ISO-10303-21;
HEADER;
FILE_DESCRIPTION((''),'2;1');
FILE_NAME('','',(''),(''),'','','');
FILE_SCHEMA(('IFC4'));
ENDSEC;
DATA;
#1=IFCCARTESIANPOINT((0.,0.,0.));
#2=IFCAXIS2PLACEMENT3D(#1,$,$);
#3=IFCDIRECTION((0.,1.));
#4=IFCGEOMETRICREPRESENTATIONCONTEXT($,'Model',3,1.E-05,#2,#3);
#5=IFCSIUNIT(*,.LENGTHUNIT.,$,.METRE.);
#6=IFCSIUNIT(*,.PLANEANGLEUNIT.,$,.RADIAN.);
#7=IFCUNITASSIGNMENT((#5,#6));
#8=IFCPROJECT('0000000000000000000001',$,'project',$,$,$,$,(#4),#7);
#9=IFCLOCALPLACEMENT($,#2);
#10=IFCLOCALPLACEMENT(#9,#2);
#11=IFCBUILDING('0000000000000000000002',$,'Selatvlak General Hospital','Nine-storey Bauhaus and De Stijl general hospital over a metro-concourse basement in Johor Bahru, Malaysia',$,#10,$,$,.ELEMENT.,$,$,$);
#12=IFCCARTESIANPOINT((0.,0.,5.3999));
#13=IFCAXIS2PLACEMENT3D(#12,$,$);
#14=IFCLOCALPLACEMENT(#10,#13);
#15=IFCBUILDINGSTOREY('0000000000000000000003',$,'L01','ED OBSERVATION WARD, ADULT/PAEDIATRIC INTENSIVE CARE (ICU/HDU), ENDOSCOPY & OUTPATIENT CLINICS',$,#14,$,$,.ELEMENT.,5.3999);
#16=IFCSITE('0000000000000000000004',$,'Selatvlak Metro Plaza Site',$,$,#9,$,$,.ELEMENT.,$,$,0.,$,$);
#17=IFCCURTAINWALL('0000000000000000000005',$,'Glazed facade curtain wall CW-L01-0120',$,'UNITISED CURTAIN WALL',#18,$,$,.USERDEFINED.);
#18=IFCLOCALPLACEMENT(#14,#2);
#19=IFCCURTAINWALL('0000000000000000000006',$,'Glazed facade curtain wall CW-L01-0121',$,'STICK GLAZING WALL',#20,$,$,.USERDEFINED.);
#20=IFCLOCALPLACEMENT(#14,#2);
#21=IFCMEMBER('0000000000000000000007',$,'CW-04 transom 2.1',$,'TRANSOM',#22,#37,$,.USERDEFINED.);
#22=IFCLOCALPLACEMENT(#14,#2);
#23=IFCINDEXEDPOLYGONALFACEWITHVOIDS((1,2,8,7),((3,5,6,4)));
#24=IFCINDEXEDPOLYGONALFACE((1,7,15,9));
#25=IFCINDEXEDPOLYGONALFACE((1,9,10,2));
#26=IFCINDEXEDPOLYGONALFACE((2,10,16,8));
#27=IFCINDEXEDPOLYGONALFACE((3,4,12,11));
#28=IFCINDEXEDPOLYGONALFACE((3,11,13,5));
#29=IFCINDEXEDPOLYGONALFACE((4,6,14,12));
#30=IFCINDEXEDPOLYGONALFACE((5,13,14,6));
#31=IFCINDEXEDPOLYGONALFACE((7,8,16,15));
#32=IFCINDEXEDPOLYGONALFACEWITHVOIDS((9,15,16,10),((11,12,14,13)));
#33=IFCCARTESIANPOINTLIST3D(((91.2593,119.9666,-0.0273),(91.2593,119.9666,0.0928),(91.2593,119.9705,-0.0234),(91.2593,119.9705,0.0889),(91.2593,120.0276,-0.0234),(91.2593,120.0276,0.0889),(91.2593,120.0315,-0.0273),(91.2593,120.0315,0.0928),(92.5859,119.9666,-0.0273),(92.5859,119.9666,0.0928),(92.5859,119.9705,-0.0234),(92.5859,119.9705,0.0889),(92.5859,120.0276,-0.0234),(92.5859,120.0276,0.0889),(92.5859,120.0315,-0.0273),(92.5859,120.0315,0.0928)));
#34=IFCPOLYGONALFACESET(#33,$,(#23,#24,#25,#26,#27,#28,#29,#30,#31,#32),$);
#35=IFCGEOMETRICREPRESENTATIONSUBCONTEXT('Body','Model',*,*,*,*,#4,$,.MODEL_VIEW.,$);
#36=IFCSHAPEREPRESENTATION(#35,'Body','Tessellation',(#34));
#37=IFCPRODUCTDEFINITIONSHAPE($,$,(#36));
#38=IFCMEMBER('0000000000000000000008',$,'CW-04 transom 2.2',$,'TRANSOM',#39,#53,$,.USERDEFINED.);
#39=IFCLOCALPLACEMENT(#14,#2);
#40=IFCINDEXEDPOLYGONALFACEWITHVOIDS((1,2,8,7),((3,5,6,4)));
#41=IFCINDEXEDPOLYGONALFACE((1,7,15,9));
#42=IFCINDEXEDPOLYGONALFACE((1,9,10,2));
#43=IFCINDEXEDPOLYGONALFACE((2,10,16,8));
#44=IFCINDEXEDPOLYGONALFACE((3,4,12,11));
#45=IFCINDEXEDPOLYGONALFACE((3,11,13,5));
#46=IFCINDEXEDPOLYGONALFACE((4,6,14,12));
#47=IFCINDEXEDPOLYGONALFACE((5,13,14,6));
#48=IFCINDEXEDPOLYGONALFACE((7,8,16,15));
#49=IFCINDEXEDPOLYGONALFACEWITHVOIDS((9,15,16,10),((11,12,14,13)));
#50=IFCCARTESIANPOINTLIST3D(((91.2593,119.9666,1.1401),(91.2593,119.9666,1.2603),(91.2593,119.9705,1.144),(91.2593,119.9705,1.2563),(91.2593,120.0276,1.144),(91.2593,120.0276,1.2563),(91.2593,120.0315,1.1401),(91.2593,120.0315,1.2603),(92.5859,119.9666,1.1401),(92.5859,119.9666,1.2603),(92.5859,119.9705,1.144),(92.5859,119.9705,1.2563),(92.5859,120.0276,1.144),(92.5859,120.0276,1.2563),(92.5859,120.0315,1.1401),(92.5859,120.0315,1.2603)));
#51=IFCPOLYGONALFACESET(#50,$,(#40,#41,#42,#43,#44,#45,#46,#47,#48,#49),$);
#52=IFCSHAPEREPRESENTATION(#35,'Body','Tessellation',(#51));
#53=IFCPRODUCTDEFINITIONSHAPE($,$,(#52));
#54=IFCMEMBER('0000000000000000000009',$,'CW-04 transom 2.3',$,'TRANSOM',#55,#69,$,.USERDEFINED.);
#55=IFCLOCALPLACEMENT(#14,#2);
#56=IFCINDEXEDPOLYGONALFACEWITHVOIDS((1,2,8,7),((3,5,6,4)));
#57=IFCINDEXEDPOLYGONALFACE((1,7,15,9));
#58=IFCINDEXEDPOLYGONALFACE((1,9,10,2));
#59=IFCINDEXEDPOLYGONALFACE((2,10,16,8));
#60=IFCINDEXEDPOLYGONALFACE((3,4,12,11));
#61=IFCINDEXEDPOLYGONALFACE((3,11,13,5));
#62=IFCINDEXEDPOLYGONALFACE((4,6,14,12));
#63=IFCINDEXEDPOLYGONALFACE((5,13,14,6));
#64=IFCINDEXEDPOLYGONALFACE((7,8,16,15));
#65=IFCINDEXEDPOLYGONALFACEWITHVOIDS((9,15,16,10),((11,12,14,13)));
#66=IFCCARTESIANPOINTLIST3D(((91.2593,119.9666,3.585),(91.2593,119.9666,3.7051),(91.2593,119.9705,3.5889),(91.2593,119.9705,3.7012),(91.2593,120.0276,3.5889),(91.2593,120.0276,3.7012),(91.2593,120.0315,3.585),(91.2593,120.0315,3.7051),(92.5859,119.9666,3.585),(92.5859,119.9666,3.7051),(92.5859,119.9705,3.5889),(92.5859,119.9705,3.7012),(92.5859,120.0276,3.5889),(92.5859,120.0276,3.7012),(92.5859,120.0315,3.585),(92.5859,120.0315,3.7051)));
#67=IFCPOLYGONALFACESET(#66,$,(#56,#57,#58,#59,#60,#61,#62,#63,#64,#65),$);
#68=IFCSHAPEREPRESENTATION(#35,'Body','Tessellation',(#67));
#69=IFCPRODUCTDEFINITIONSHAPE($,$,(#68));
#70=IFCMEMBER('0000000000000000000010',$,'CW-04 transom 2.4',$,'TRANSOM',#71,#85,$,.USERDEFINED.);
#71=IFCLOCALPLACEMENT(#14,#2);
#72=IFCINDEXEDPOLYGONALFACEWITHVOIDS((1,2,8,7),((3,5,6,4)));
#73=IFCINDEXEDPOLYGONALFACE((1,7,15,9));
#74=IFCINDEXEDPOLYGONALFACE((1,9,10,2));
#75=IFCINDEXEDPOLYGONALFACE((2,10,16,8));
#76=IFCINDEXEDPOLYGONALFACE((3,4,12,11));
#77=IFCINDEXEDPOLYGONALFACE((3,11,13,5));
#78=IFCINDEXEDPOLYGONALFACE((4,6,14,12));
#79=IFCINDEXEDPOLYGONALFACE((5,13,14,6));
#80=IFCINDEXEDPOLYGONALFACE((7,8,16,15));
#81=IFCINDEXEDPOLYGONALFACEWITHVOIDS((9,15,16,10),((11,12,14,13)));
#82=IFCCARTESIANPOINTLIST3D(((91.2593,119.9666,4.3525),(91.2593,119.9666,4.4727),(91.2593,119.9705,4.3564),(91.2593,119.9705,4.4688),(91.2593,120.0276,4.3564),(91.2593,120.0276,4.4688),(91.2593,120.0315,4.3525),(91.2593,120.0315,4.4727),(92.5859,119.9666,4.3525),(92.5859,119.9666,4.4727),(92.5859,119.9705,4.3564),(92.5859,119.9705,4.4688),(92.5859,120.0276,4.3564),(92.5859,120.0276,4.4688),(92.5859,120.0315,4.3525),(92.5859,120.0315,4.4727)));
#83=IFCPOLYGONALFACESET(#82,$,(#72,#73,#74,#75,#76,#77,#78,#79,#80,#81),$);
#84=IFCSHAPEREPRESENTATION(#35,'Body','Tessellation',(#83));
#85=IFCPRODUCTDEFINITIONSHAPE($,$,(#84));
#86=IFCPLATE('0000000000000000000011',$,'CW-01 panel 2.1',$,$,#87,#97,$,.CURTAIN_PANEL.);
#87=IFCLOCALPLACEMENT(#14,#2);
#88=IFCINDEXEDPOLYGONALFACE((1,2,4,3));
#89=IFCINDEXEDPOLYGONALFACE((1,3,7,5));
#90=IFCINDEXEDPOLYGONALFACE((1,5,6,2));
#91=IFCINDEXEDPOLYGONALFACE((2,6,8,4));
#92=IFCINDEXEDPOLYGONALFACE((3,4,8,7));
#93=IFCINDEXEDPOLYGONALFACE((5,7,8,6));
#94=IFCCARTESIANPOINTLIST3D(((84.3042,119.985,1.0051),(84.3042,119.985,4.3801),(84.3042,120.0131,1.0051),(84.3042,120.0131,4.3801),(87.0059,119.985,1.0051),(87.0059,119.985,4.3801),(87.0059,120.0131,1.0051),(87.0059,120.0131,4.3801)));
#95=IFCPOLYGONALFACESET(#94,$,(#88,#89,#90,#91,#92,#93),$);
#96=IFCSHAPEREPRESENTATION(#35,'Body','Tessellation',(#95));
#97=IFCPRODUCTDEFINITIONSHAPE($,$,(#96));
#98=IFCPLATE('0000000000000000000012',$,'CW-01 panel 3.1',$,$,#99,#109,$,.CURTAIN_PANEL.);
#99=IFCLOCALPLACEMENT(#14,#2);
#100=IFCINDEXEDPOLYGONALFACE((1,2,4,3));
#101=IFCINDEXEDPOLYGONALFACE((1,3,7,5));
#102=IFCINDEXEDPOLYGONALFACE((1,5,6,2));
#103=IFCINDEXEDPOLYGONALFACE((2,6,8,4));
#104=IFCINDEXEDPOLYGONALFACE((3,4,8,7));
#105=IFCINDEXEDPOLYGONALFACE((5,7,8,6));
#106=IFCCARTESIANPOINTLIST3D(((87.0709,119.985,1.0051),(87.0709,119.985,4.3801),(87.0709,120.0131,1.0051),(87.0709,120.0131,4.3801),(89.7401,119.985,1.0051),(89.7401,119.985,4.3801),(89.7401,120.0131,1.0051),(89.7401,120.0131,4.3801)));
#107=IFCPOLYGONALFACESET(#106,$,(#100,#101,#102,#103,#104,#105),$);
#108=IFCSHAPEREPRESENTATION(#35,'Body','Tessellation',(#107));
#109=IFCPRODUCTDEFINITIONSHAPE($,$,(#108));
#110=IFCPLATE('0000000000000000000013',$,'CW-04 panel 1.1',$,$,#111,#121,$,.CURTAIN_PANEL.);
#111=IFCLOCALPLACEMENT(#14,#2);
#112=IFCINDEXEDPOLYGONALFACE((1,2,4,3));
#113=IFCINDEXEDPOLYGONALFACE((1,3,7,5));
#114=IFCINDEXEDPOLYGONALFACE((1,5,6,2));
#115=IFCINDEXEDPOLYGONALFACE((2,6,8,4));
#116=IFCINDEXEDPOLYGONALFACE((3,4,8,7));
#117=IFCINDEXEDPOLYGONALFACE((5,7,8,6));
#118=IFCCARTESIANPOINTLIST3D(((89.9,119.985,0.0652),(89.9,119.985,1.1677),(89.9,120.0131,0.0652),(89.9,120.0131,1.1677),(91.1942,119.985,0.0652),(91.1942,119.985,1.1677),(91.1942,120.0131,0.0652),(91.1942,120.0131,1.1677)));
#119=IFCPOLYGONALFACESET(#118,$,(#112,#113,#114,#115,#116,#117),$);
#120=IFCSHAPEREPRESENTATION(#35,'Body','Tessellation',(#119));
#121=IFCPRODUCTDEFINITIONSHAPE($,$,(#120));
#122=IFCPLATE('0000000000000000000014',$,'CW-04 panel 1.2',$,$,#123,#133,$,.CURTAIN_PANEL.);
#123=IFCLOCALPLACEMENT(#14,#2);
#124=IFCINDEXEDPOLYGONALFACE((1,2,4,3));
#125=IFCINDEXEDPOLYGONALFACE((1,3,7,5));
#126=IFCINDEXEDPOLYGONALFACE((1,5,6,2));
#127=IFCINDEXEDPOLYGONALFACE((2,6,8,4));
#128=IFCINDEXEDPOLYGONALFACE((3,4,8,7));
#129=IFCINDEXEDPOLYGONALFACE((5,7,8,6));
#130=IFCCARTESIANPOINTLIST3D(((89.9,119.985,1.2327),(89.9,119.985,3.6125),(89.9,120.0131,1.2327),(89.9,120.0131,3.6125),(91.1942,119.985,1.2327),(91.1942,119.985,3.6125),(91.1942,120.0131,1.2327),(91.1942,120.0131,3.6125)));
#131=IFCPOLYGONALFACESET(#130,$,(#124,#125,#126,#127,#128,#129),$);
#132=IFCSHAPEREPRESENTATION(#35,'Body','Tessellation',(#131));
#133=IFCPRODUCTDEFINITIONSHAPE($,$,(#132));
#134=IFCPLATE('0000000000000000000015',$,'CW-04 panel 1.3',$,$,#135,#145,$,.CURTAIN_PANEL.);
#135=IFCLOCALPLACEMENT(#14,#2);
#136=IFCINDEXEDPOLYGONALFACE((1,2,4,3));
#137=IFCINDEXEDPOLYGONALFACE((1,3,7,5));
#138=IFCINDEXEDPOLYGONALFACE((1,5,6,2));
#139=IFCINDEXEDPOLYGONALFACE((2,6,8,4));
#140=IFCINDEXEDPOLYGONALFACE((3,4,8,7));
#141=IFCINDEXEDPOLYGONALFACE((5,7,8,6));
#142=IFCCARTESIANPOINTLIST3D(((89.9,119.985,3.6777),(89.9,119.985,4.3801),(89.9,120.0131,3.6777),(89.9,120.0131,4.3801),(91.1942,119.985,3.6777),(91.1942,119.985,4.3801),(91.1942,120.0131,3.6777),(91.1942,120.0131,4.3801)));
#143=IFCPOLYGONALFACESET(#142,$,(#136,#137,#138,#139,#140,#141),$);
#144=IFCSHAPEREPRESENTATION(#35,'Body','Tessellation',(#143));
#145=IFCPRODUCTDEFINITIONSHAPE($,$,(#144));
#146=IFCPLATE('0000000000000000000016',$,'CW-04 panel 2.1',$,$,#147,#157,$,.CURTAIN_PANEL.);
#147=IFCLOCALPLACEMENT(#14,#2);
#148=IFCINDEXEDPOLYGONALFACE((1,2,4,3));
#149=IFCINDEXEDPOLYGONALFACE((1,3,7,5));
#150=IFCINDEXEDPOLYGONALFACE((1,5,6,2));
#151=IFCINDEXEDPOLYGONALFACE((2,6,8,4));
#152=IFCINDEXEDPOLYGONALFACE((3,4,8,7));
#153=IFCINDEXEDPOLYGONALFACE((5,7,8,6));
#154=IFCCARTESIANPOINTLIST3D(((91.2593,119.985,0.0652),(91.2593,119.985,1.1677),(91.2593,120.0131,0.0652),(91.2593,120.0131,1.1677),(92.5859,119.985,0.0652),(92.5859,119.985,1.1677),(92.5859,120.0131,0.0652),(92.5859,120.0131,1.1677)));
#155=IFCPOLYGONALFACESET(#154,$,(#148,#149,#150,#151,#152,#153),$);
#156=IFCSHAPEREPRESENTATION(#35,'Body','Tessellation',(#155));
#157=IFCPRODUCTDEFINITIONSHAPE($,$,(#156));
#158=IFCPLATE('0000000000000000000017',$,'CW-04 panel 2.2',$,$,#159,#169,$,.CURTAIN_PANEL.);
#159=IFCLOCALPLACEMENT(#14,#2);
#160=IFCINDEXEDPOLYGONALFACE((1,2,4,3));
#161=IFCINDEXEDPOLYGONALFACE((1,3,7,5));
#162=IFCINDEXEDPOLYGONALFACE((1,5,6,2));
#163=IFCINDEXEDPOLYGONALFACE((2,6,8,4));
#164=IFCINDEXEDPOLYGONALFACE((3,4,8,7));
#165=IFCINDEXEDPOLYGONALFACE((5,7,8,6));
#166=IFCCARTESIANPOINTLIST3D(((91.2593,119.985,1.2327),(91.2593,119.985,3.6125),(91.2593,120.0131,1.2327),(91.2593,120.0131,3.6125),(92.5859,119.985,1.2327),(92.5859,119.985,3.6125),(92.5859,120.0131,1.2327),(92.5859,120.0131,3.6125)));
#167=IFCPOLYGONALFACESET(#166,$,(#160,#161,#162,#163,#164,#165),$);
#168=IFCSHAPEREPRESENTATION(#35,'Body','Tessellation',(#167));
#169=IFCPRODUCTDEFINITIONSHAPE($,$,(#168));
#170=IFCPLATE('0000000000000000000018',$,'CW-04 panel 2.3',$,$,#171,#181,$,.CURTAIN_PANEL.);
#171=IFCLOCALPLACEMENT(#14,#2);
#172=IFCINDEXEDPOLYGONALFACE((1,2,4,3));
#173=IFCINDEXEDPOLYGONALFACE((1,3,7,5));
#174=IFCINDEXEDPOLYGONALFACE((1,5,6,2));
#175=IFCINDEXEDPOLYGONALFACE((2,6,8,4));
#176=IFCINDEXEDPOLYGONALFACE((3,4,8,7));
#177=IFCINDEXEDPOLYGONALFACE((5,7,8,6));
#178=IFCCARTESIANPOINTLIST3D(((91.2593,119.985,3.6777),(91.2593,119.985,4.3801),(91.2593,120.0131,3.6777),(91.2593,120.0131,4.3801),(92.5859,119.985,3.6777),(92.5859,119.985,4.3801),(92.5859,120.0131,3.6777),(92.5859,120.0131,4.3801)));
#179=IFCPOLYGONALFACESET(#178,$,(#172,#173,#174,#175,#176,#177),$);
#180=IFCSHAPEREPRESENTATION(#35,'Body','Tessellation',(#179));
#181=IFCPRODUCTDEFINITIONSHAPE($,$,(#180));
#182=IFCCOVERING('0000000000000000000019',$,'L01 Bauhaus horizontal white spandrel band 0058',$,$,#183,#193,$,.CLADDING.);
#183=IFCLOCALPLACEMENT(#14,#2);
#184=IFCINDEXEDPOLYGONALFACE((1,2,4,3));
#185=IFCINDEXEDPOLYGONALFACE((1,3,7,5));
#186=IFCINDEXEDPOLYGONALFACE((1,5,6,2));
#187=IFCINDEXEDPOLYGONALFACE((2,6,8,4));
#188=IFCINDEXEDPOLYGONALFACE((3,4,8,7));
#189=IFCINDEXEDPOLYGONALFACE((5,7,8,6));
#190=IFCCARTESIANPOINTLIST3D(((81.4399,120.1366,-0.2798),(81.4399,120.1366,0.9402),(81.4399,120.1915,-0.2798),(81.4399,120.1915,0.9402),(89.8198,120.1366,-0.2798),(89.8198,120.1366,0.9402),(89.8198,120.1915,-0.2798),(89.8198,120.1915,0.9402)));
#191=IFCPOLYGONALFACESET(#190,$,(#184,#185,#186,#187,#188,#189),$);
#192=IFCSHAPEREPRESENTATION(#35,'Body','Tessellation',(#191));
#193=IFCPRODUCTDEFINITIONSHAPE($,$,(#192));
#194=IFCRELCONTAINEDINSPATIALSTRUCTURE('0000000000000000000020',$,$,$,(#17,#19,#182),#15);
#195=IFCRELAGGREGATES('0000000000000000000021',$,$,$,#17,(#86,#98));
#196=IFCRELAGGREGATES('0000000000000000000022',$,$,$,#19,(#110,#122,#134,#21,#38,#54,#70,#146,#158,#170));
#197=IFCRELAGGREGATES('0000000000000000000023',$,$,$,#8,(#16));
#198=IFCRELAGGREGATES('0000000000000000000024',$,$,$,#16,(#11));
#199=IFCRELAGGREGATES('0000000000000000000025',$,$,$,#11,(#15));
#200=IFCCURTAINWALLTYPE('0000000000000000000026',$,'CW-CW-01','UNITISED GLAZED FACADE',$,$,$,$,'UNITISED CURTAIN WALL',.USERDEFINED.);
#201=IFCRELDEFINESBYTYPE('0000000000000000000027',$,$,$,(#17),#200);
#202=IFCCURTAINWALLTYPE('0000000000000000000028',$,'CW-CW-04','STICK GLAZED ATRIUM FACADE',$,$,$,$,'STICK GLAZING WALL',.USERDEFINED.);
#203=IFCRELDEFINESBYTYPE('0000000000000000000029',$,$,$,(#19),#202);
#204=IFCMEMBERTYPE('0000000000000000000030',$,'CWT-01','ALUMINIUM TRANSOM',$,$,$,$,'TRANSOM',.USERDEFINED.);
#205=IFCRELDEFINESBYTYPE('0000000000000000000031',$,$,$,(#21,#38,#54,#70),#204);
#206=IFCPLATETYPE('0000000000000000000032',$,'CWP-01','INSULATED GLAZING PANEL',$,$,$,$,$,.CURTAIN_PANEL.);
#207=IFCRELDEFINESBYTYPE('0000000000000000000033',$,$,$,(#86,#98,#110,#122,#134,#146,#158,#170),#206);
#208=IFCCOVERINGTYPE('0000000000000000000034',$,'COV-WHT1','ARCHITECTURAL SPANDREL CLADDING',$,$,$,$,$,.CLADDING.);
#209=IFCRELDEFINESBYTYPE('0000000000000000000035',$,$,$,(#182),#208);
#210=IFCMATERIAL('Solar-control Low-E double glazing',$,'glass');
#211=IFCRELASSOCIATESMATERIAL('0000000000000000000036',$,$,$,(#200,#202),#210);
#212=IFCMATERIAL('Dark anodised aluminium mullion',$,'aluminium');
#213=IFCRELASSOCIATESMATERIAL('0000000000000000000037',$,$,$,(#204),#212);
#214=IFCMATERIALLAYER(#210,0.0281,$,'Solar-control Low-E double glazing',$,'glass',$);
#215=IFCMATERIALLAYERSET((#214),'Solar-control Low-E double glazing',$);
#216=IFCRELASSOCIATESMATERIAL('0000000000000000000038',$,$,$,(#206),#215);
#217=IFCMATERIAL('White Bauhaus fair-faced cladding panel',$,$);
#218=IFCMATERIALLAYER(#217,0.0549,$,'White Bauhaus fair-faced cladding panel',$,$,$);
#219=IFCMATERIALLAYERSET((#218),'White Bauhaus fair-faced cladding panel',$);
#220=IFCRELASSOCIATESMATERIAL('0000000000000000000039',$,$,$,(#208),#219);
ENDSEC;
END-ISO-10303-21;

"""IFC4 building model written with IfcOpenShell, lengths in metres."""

from ifc_helpers import new_model, si_unit, direction, frame, origin, origin_2d, place, context, subcontext, project, spatial, rectangle, hollow_rectangle, extrude, material, layer, layer_set, material_profile, profile_set, type_object, element, aggregate, save


model = new_model("IFC4")

# Units and contexts
model_context = context("Model", 3, precision=1e-05, world=origin(), true_north=direction((0.0, 1.0)))
body_context = subcontext(model_context, "Body", "Model", "MODEL_VIEW")
ifc_project = project(units=[si_unit("LENGTHUNIT", "METRE"), si_unit("PLANEANGLEUNIT", "RADIAN")], contexts=[model_context])

# Site, building, storey
site_placement = place(None, origin())
site = spatial("IfcSite", under=ifc_project, at=site_placement, Name="Selatvlak Metro Plaza Site", CompositionType="ELEMENT", RefElevation=0.0)
building_placement = place(site_placement, origin())
building = spatial("IfcBuilding", under=site, at=building_placement, Name="Selatvlak General Hospital", Description="Nine-storey Bauhaus and De Stijl general hospital over a metro-concourse basement in Johor Bahru, Malaysia", CompositionType="ELEMENT")
storey_placement = place(building_placement, frame((0.0, 0.0, 5.3999)))
storey = spatial("IfcBuildingStorey", under=building, at=storey_placement, Name="L01", Description="ED OBSERVATION WARD, ADULT/PAEDIATRIC INTENSIVE CARE (ICU/HDU), ENDOSCOPY & OUTPATIENT CLINICS", CompositionType="ELEMENT", Elevation=5.3999)

# Curtain walls
ifc_material_1 = material(Name="Solar-control Low-E double glazing", Category="glass")
curtain_wall_type_1 = type_object("IfcCurtainWallType", Name="CW-CW-01", Description="UNITISED GLAZED FACADE", ElementType="UNITISED CURTAIN WALL", PredefinedType="USERDEFINED", material=ifc_material_1)
curtain_wall_1_placement = place(storey_placement, origin())
curtain_wall_1 = element("IfcCurtainWall", 1, at=curtain_wall_1_placement, inside=storey, type_object=curtain_wall_type_1, Name="Glazed facade curtain wall CW-L01-0120", ObjectType="UNITISED CURTAIN WALL", PredefinedType="USERDEFINED")
ifc_material_2 = material(Name="Dark anodised aluminium mullion", Category="aluminium")
curtain_wall_type_2 = type_object("IfcCurtainWallType", Name="CW-CW-04", Description="STICK GLAZED ATRIUM FACADE", ElementType="STICK GLAZING WALL", PredefinedType="USERDEFINED", material=ifc_material_1)
curtain_wall_2_placement = place(storey_placement, origin())
curtain_wall_2 = element("IfcCurtainWall", 2, at=curtain_wall_2_placement, inside=storey, type_object=curtain_wall_type_2, Name="Glazed facade curtain wall CW-L01-0121", ObjectType="STICK GLAZING WALL", PredefinedType="USERDEFINED")

# Members
ifc_material_profile_1 = material_profile(ifc_material_2, hollow_rectangle(XDim=0.0649, YDim=0.1201, WallThickness=0.0039, at=origin_2d()), Name="AL-TRN 65x120x4")
ifc_profile_set_1 = profile_set([ifc_material_profile_1], Name="Dark anodised aluminium mullion")
member_type_1 = type_object("IfcMemberType", Name="CWT-01", Description="ALUMINIUM TRANSOM", ElementType="TRANSOM", PredefinedType="USERDEFINED", material=ifc_profile_set_1)
member_1_placement = place(storey_placement, frame((91.2593, 119.999, 0.0327), z_axis=(1.0, 0.0, 0.0), x_axis=(0.0, 1.0, 0.0)))
member_1 = element("IfcMember", 3, at=member_1_placement, type_object=member_type_1, Name="CW-04 transom 2.1", ObjectType="TRANSOM", PredefinedType="USERDEFINED", context=body_context, shape_type="SweptSolid", body=[
    extrude(hollow_rectangle(XDim=0.0649, YDim=0.1201, WallThickness=0.0039, at=origin_2d()), origin(), (0.0, 0.0, 1.0), 1.3267),
])
member_2_placement = place(storey_placement, frame((91.2593, 119.999, 1.2002), z_axis=(1.0, 0.0, 0.0), x_axis=(0.0, 1.0, 0.0)))
member_2 = element("IfcMember", 4, at=member_2_placement, type_object=member_type_1, Name="CW-04 transom 2.2", ObjectType="TRANSOM", PredefinedType="USERDEFINED", context=body_context, shape_type="SweptSolid", body=[
    extrude(hollow_rectangle(XDim=0.0649, YDim=0.1201, WallThickness=0.0039, at=origin_2d()), origin(), (0.0, 0.0, 1.0), 1.3267),
])
member_3_placement = place(storey_placement, frame((91.2593, 119.999, 3.645), z_axis=(1.0, 0.0, 0.0), x_axis=(0.0, 1.0, 0.0)))
member_3 = element("IfcMember", 5, at=member_3_placement, type_object=member_type_1, Name="CW-04 transom 2.3", ObjectType="TRANSOM", PredefinedType="USERDEFINED", context=body_context, shape_type="SweptSolid", body=[
    extrude(hollow_rectangle(XDim=0.0649, YDim=0.1201, WallThickness=0.0039, at=origin_2d()), origin(), (0.0, 0.0, 1.0), 1.3267),
])
member_4_placement = place(storey_placement, frame((91.2593, 119.999, 4.4126), z_axis=(1.0, 0.0, 0.0), x_axis=(0.0, 1.0, 0.0)))
member_4 = element("IfcMember", 6, at=member_4_placement, type_object=member_type_1, Name="CW-04 transom 2.4", ObjectType="TRANSOM", PredefinedType="USERDEFINED", context=body_context, shape_type="SweptSolid", body=[
    extrude(hollow_rectangle(XDim=0.0649, YDim=0.1201, WallThickness=0.0039, at=origin_2d()), origin(), (0.0, 0.0, 1.0), 1.3267),
])

# Plates
ifc_layer_1 = layer(ifc_material_1, 0.0281, Name="Solar-control Low-E double glazing", Category="glass")
ifc_layer_set_1 = layer_set([ifc_layer_1], Name="Solar-control Low-E double glazing")
plate_type = type_object("IfcPlateType", Name="CWP-01", Description="INSULATED GLAZING PANEL", PredefinedType="CURTAIN_PANEL", material=ifc_layer_set_1)
plate_1_placement = place(storey_placement, frame((85.655, 119.999, 1.0051), z_axis=(0.0, 0.0, 1.0), x_axis=(1.0, 0.0, 0.0)))
plate_1 = element("IfcPlate", 7, at=plate_1_placement, type_object=plate_type, Name="CW-01 panel 2.1", PredefinedType="CURTAIN_PANEL", context=body_context, shape_type="SweptSolid", body=[
    extrude(rectangle(XDim=2.7017, YDim=0.0281, at=origin_2d()), origin(), (0.0, 0.0, 1.0), 3.375),
])
plate_2_placement = place(storey_placement, frame((88.4055, 119.999, 1.0051), z_axis=(0.0, 0.0, 1.0), x_axis=(1.0, 0.0, 0.0)))
plate_2 = element("IfcPlate", 8, at=plate_2_placement, type_object=plate_type, Name="CW-01 panel 3.1", PredefinedType="CURTAIN_PANEL", context=body_context, shape_type="SweptSolid", body=[
    extrude(rectangle(XDim=2.6692, YDim=0.0281, at=origin_2d()), origin(), (0.0, 0.0, 1.0), 3.375),
])
aggregate(curtain_wall_1, [plate_1, plate_2])
plate_3_placement = place(storey_placement, frame((90.5471, 119.999, 0.0652), z_axis=(0.0, 0.0, 1.0), x_axis=(1.0, 0.0, 0.0)))
plate_3 = element("IfcPlate", 9, at=plate_3_placement, type_object=plate_type, Name="CW-04 panel 1.1", PredefinedType="CURTAIN_PANEL", context=body_context, shape_type="SweptSolid", body=[
    extrude(rectangle(XDim=1.2942, YDim=0.0281, at=origin_2d()), origin(), (0.0, 0.0, 1.0), 1.1025),
])
plate_4_placement = place(storey_placement, frame((90.5471, 119.999, 1.2327), z_axis=(0.0, 0.0, 1.0), x_axis=(1.0, 0.0, 0.0)))
plate_4 = element("IfcPlate", 10, at=plate_4_placement, type_object=plate_type, Name="CW-04 panel 1.2", PredefinedType="CURTAIN_PANEL", context=body_context, shape_type="SweptSolid", body=[
    extrude(rectangle(XDim=1.2942, YDim=0.0281, at=origin_2d()), origin(), (0.0, 0.0, 1.0), 2.3799),
])
plate_5_placement = place(storey_placement, frame((90.5471, 119.999, 3.6777), z_axis=(0.0, 0.0, 1.0), x_axis=(1.0, 0.0, 0.0)))
plate_5 = element("IfcPlate", 11, at=plate_5_placement, type_object=plate_type, Name="CW-04 panel 1.3", PredefinedType="CURTAIN_PANEL", context=body_context, shape_type="SweptSolid", body=[
    extrude(rectangle(XDim=1.2942, YDim=0.0281, at=origin_2d()), origin(), (0.0, 0.0, 1.0), 0.7024),
])
plate_6_placement = place(storey_placement, frame((91.9226, 119.999, 0.0652), z_axis=(0.0, 0.0, 1.0), x_axis=(1.0, 0.0, 0.0)))
plate_6 = element("IfcPlate", 12, at=plate_6_placement, type_object=plate_type, Name="CW-04 panel 2.1", PredefinedType="CURTAIN_PANEL", context=body_context, shape_type="SweptSolid", body=[
    extrude(rectangle(XDim=1.3267, YDim=0.0281, at=origin_2d()), origin(), (0.0, 0.0, 1.0), 1.1025),
])
plate_7_placement = place(storey_placement, frame((91.9226, 119.999, 1.2327), z_axis=(0.0, 0.0, 1.0), x_axis=(1.0, 0.0, 0.0)))
plate_7 = element("IfcPlate", 13, at=plate_7_placement, type_object=plate_type, Name="CW-04 panel 2.2", PredefinedType="CURTAIN_PANEL", context=body_context, shape_type="SweptSolid", body=[
    extrude(rectangle(XDim=1.3267, YDim=0.0281, at=origin_2d()), origin(), (0.0, 0.0, 1.0), 2.3799),
])
plate_8_placement = place(storey_placement, frame((91.9226, 119.999, 3.6777), z_axis=(0.0, 0.0, 1.0), x_axis=(1.0, 0.0, 0.0)))
plate_8 = element("IfcPlate", 14, at=plate_8_placement, type_object=plate_type, Name="CW-04 panel 2.3", PredefinedType="CURTAIN_PANEL", context=body_context, shape_type="SweptSolid", body=[
    extrude(rectangle(XDim=1.3267, YDim=0.0281, at=origin_2d()), origin(), (0.0, 0.0, 1.0), 0.7024),
])
aggregate(curtain_wall_2, [plate_3, plate_4, plate_5, member_1, member_2, member_3, member_4, plate_6, plate_7, plate_8])

# Covering
ifc_material_3 = material(Name="White Bauhaus fair-faced cladding panel")
ifc_layer_2 = layer(ifc_material_3, 0.0549, Name="White Bauhaus fair-faced cladding panel")
ifc_layer_set_2 = layer_set([ifc_layer_2], Name="White Bauhaus fair-faced cladding panel")
covering_type = type_object("IfcCoveringType", Name="COV-WHT1", Description="ARCHITECTURAL SPANDREL CLADDING", PredefinedType="CLADDING", material=ifc_layer_set_2)
covering_1_placement = place(storey_placement, frame((85.6299, 120.1641, -0.2798), z_axis=(0.0, 0.0, 1.0), x_axis=(1.0, 0.0, 0.0)))
element("IfcCovering", 15, at=covering_1_placement, inside=storey, type_object=covering_type, Name="L01 Bauhaus horizontal white spandrel band 0058", PredefinedType="CLADDING", context=body_context, shape_type="SweptSolid", body=[
    extrude(rectangle(XDim=8.3799, YDim=0.0549, at=origin_2d()), origin(), (0.0, 0.0, 1.0), 1.22),
])

save(model, "model.ifc")
